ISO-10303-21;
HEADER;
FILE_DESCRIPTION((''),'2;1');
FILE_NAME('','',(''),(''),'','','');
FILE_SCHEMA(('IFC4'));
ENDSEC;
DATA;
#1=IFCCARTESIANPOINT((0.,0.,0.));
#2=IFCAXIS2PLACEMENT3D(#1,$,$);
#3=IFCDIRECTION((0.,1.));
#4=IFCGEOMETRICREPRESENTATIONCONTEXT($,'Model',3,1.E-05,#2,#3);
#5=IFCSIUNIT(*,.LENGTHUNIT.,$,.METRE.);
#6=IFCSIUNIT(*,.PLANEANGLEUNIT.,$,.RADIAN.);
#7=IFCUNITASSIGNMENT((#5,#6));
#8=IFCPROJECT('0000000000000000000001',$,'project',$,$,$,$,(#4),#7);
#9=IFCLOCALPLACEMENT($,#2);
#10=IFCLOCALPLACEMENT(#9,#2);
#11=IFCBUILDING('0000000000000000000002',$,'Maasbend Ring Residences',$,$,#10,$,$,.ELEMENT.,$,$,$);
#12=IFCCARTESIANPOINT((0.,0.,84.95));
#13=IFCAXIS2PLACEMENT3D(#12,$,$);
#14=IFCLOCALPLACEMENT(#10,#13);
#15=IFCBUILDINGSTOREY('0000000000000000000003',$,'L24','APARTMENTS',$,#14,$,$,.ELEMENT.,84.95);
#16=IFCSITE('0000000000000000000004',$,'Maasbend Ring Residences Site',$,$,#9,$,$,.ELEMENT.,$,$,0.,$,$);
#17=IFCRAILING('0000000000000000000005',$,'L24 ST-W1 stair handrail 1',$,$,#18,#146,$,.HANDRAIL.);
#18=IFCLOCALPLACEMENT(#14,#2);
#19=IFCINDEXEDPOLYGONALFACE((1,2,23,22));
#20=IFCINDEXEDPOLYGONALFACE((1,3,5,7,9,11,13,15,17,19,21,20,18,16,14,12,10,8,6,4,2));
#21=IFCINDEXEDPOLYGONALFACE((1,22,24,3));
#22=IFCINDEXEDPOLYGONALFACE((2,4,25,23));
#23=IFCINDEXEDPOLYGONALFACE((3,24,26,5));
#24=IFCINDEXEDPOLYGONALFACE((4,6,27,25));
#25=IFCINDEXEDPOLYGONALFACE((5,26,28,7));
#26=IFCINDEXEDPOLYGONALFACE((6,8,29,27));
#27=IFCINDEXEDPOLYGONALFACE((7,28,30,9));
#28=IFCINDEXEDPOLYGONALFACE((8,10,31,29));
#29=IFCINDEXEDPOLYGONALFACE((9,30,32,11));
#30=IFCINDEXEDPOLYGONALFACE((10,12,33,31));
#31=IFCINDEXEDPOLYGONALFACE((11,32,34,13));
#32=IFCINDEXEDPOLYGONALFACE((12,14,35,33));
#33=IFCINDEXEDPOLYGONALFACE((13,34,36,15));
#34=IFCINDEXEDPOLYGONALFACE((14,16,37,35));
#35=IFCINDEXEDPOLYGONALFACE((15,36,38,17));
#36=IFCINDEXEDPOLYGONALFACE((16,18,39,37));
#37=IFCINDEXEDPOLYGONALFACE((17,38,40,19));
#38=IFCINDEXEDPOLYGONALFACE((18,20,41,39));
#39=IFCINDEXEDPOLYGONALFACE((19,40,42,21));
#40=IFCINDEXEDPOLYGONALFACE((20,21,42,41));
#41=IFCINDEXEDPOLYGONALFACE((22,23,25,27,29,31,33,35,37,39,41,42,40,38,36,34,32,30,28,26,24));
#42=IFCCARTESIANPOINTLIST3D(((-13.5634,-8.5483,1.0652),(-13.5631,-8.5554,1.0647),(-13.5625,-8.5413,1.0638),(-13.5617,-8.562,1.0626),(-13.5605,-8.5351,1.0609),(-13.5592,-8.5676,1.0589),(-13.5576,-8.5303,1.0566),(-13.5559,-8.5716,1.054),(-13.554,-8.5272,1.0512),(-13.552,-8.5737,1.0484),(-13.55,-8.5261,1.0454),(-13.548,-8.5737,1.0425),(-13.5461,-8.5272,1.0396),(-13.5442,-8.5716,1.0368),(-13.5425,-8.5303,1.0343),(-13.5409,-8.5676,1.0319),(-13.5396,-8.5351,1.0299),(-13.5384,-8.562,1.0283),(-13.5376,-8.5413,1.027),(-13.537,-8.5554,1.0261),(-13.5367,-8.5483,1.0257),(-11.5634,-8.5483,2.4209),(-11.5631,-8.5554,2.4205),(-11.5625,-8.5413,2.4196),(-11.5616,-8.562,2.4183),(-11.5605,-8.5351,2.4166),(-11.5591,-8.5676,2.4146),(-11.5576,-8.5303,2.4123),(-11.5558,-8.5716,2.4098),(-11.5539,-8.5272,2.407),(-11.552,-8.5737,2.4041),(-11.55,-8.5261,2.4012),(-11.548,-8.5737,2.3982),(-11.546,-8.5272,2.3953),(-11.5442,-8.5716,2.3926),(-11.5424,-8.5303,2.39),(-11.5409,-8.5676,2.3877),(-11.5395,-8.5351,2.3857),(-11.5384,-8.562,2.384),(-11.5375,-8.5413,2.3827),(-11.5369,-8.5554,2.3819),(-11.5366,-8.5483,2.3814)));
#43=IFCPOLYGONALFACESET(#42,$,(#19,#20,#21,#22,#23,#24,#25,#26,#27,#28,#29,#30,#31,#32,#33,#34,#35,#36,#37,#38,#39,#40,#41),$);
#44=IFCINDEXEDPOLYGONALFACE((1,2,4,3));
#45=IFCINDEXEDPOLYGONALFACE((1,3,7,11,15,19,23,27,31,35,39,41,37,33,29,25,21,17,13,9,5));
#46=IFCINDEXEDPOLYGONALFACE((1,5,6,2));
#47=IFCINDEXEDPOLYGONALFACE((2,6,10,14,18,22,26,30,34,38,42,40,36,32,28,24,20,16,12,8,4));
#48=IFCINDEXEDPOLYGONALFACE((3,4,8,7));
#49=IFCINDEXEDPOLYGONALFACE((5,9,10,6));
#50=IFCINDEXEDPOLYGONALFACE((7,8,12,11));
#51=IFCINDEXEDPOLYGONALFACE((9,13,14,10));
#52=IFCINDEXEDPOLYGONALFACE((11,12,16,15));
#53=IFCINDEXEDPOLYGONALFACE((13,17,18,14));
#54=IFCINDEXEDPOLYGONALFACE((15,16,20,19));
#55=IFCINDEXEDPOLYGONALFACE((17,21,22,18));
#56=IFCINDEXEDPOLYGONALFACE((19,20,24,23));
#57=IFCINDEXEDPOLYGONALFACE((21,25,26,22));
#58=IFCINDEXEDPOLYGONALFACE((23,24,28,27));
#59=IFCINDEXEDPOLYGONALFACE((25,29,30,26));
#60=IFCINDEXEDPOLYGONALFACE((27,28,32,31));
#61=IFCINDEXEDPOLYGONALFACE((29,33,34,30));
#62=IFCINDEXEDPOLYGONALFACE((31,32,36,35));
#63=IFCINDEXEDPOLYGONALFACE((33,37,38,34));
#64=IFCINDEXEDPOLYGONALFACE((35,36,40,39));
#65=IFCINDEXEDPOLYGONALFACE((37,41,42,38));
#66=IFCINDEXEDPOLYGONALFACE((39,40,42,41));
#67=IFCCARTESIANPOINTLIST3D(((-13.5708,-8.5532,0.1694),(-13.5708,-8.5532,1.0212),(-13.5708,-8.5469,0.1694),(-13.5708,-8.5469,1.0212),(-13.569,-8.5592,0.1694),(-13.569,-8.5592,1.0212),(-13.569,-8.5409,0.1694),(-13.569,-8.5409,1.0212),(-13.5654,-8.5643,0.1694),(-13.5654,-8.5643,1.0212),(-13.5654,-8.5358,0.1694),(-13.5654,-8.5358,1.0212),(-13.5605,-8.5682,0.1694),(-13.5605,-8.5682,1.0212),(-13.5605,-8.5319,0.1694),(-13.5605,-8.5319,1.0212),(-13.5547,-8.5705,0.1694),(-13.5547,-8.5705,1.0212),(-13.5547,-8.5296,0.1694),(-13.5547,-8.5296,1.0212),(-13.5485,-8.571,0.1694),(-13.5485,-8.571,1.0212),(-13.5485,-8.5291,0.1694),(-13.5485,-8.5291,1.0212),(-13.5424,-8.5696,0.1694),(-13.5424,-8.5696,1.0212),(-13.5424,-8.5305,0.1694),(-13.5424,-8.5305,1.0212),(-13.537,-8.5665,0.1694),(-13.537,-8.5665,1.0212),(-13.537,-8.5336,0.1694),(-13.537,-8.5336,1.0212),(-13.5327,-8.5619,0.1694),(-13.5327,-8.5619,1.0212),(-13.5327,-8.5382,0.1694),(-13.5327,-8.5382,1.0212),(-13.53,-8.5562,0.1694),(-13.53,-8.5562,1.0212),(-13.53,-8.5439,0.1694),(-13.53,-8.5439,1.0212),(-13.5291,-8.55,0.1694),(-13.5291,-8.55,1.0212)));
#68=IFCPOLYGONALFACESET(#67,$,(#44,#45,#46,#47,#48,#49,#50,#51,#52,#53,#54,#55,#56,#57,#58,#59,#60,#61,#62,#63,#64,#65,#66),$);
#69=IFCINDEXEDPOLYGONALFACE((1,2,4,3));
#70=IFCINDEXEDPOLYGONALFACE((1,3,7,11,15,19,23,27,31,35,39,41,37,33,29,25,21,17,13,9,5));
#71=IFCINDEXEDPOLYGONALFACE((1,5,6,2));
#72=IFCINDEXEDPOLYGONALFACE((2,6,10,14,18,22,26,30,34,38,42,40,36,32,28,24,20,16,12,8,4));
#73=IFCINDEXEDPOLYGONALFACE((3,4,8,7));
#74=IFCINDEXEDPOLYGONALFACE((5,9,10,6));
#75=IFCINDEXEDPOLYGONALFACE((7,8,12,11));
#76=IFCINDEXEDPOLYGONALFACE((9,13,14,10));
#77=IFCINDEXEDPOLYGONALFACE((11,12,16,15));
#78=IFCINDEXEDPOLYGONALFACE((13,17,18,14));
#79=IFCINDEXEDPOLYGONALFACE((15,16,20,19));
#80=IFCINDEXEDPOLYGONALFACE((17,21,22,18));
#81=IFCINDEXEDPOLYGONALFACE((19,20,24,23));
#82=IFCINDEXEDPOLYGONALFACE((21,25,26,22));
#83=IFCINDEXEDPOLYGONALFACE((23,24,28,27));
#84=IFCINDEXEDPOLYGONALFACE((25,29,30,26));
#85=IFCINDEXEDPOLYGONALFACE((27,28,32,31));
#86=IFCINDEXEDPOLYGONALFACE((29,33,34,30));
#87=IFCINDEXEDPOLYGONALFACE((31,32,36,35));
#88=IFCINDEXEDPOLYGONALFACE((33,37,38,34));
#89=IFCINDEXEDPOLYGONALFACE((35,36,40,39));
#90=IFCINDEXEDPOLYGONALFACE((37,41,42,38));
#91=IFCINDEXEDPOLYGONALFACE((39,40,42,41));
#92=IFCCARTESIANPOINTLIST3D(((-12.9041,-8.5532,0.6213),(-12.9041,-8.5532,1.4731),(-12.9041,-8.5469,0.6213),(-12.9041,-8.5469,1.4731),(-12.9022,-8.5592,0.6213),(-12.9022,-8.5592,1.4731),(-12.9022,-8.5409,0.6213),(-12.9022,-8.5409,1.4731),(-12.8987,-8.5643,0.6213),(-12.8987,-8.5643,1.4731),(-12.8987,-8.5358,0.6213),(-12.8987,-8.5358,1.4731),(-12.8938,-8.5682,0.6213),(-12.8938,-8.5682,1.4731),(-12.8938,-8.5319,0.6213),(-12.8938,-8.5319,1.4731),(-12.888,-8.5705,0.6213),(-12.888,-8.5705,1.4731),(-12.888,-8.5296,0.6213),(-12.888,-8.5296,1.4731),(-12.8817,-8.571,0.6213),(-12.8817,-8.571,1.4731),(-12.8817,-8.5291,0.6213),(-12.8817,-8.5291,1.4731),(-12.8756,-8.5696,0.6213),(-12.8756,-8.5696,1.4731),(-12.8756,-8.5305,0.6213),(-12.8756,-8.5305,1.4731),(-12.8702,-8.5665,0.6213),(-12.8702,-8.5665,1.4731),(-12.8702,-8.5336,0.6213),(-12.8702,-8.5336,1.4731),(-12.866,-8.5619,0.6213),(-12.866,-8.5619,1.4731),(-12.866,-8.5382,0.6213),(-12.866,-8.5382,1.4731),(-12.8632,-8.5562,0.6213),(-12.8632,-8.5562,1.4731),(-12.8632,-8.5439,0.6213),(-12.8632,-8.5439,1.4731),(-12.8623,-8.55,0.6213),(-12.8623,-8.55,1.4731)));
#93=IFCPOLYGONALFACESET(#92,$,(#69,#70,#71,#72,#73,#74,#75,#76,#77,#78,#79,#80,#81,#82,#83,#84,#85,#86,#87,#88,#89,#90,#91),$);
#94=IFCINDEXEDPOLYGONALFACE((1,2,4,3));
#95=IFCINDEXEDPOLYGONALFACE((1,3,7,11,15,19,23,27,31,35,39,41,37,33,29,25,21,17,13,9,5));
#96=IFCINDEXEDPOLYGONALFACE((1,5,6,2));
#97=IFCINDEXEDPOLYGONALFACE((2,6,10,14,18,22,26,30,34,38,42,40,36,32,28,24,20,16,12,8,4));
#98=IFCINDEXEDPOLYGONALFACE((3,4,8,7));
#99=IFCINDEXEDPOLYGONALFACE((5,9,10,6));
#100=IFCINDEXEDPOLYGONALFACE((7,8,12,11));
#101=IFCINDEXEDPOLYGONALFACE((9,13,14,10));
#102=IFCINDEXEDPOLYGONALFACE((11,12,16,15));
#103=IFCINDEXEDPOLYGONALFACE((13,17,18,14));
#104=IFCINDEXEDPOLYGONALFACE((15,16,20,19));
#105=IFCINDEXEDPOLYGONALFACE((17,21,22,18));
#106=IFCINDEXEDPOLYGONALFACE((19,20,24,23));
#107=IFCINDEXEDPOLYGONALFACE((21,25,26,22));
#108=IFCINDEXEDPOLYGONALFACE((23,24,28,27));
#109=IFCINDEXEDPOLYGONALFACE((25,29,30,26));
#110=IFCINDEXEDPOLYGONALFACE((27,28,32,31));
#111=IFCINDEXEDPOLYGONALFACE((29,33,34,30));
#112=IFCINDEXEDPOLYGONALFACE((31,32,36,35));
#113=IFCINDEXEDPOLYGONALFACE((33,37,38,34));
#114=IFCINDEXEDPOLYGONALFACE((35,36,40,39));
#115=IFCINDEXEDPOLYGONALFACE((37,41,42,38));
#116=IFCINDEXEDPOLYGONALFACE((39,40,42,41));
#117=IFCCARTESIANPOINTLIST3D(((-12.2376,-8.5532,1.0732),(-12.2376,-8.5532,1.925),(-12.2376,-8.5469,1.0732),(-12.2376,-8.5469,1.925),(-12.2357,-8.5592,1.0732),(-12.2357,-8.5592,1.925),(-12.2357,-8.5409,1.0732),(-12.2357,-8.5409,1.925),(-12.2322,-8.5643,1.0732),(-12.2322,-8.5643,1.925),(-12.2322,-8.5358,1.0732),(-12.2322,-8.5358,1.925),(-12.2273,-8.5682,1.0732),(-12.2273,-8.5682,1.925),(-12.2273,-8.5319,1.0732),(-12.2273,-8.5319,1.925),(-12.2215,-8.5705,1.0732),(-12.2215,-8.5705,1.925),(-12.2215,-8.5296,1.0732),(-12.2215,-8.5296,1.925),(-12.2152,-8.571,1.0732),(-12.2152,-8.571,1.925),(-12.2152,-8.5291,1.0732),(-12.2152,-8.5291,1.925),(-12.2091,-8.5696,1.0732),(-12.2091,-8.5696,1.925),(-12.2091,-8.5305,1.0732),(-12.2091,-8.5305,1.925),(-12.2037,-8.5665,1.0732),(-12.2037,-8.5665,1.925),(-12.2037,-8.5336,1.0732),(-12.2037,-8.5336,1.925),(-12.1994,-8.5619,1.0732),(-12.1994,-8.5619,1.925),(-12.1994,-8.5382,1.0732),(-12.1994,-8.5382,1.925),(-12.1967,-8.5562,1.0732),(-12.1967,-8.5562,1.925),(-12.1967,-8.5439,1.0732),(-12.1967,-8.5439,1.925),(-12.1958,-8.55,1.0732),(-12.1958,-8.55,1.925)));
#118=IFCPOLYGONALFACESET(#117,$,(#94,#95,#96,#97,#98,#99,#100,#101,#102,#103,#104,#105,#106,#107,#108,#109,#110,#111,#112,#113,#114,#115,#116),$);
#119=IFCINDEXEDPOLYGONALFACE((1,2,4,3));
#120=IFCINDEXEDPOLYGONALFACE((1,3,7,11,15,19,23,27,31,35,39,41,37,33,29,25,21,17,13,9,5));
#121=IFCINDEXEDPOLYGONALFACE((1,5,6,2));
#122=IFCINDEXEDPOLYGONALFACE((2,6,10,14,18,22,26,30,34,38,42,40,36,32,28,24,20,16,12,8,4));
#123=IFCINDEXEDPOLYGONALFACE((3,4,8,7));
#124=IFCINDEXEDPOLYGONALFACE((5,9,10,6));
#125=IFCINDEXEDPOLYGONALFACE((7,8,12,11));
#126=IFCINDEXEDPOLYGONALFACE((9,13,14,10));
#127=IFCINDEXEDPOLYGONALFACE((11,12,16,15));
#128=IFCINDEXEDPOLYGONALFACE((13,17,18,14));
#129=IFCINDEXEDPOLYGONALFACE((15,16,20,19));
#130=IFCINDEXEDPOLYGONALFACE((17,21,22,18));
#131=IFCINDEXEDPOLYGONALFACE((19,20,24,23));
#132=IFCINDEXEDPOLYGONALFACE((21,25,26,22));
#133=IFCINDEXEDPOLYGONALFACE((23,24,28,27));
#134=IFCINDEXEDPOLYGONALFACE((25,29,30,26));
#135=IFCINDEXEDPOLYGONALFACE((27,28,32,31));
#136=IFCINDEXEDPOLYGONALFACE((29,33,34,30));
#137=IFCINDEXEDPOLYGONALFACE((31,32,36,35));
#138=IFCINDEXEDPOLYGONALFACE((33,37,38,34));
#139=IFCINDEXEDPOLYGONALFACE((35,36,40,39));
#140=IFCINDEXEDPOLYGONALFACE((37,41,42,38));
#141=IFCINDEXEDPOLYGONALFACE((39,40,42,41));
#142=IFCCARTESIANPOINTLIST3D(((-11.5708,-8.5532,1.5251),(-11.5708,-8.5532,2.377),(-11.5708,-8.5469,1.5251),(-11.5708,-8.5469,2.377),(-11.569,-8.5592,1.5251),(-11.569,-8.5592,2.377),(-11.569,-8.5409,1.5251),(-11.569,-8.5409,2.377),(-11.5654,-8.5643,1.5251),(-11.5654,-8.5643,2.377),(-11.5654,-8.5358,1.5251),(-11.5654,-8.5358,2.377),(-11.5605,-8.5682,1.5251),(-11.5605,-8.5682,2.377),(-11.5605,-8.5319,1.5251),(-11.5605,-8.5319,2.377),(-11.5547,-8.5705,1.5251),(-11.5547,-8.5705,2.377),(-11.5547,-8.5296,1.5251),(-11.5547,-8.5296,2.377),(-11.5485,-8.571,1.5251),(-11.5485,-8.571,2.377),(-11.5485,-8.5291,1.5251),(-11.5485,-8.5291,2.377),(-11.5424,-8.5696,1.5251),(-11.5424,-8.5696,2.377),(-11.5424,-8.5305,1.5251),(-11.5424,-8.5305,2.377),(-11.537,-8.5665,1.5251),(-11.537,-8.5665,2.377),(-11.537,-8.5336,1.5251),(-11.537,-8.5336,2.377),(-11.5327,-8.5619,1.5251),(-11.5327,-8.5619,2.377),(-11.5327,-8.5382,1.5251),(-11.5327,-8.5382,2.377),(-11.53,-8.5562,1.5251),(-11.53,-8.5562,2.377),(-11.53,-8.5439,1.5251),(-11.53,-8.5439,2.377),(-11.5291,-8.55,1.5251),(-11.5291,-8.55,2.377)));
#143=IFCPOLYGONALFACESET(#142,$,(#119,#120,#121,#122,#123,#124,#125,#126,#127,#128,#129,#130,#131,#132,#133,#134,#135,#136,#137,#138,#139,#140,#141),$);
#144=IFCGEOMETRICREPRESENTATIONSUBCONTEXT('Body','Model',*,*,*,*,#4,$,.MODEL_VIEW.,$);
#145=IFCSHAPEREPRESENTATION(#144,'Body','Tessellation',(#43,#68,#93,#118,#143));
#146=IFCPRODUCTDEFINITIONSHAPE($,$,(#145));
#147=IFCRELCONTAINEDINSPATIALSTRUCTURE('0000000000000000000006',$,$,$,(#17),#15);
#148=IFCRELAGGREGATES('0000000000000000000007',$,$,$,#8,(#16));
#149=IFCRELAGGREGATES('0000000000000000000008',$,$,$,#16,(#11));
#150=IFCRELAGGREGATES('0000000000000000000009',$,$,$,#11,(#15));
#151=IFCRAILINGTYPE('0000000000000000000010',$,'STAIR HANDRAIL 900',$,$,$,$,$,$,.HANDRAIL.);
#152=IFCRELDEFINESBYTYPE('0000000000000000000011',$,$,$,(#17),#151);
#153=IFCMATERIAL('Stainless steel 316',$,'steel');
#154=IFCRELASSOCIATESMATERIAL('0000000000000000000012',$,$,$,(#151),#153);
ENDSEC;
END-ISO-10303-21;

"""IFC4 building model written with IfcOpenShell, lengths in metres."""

from ifc_helpers import new_model, si_unit, direction, frame, origin, origin_2d, place, context, subcontext, project, spatial, circle, extrude, material, type_object, element, save


model = new_model("IFC4")

# Units and contexts
model_context = context("Model", 3, precision=1e-05, world=origin(), true_north=direction((0.0, 1.0)))
body_context = subcontext(model_context, "Body", "Model", "MODEL_VIEW")
ifc_project = project(units=[si_unit("LENGTHUNIT", "METRE"), si_unit("PLANEANGLEUNIT", "RADIAN")], contexts=[model_context])

# Site, building, storey
site_placement = place(None, origin())
site = spatial("IfcSite", under=ifc_project, at=site_placement, Name="Maasbend Ring Residences Site", CompositionType="ELEMENT", RefElevation=0.0)
building_placement = place(site_placement, origin())
building = spatial("IfcBuilding", under=site, at=building_placement, Name="Maasbend Ring Residences", CompositionType="ELEMENT")
storey_placement = place(building_placement, frame((0.0, 0.0, 84.95)))
storey = spatial("IfcBuildingStorey", under=building, at=storey_placement, Name="L24", Description="APARTMENTS", CompositionType="ELEMENT", Elevation=84.95)

# Railing
ifc_material_1 = material(Name="Stainless steel 316", Category="steel")
railing_type_1 = type_object("IfcRailingType", Name="STAIR HANDRAIL 900", PredefinedType="HANDRAIL", material=ifc_material_1)
railing_1_placement = place(storey_placement, frame((-13.55, -8.55, 0.1694)))
element("IfcRailing", 1, at=railing_1_placement, inside=storey, type_object=railing_type_1, Name="L24 ST-W1 stair handrail 1", PredefinedType="HANDRAIL", context=body_context, shape_type="SweptSolid", body=[
    extrude(circle(Radius=0.0239, at=origin_2d()), frame((0.0, 0.0, 0.876), z_axis=(0.827751, 0.0, 0.561096), x_axis=(0.0, 1.0, 0.0)), (0.0, 0.0, 1.0), 2.4163),
    extrude(circle(Radius=0.021, at=origin_2d()), origin(), (0.0, 0.0, 1.0), 0.8518),
    extrude(circle(Radius=0.021, at=origin_2d()), frame((0.6667, 0.0, 0.4519)), (0.0, 0.0, 1.0), 0.8518),
    extrude(circle(Radius=0.021, at=origin_2d()), frame((1.3333, 0.0, 0.9038)), (0.0, 0.0, 1.0), 0.8518),
    extrude(circle(Radius=0.021, at=origin_2d()), frame((2.0, 0.0, 1.3557)), (0.0, 0.0, 1.0), 0.8518),
])

save(model, "model.ifc")
